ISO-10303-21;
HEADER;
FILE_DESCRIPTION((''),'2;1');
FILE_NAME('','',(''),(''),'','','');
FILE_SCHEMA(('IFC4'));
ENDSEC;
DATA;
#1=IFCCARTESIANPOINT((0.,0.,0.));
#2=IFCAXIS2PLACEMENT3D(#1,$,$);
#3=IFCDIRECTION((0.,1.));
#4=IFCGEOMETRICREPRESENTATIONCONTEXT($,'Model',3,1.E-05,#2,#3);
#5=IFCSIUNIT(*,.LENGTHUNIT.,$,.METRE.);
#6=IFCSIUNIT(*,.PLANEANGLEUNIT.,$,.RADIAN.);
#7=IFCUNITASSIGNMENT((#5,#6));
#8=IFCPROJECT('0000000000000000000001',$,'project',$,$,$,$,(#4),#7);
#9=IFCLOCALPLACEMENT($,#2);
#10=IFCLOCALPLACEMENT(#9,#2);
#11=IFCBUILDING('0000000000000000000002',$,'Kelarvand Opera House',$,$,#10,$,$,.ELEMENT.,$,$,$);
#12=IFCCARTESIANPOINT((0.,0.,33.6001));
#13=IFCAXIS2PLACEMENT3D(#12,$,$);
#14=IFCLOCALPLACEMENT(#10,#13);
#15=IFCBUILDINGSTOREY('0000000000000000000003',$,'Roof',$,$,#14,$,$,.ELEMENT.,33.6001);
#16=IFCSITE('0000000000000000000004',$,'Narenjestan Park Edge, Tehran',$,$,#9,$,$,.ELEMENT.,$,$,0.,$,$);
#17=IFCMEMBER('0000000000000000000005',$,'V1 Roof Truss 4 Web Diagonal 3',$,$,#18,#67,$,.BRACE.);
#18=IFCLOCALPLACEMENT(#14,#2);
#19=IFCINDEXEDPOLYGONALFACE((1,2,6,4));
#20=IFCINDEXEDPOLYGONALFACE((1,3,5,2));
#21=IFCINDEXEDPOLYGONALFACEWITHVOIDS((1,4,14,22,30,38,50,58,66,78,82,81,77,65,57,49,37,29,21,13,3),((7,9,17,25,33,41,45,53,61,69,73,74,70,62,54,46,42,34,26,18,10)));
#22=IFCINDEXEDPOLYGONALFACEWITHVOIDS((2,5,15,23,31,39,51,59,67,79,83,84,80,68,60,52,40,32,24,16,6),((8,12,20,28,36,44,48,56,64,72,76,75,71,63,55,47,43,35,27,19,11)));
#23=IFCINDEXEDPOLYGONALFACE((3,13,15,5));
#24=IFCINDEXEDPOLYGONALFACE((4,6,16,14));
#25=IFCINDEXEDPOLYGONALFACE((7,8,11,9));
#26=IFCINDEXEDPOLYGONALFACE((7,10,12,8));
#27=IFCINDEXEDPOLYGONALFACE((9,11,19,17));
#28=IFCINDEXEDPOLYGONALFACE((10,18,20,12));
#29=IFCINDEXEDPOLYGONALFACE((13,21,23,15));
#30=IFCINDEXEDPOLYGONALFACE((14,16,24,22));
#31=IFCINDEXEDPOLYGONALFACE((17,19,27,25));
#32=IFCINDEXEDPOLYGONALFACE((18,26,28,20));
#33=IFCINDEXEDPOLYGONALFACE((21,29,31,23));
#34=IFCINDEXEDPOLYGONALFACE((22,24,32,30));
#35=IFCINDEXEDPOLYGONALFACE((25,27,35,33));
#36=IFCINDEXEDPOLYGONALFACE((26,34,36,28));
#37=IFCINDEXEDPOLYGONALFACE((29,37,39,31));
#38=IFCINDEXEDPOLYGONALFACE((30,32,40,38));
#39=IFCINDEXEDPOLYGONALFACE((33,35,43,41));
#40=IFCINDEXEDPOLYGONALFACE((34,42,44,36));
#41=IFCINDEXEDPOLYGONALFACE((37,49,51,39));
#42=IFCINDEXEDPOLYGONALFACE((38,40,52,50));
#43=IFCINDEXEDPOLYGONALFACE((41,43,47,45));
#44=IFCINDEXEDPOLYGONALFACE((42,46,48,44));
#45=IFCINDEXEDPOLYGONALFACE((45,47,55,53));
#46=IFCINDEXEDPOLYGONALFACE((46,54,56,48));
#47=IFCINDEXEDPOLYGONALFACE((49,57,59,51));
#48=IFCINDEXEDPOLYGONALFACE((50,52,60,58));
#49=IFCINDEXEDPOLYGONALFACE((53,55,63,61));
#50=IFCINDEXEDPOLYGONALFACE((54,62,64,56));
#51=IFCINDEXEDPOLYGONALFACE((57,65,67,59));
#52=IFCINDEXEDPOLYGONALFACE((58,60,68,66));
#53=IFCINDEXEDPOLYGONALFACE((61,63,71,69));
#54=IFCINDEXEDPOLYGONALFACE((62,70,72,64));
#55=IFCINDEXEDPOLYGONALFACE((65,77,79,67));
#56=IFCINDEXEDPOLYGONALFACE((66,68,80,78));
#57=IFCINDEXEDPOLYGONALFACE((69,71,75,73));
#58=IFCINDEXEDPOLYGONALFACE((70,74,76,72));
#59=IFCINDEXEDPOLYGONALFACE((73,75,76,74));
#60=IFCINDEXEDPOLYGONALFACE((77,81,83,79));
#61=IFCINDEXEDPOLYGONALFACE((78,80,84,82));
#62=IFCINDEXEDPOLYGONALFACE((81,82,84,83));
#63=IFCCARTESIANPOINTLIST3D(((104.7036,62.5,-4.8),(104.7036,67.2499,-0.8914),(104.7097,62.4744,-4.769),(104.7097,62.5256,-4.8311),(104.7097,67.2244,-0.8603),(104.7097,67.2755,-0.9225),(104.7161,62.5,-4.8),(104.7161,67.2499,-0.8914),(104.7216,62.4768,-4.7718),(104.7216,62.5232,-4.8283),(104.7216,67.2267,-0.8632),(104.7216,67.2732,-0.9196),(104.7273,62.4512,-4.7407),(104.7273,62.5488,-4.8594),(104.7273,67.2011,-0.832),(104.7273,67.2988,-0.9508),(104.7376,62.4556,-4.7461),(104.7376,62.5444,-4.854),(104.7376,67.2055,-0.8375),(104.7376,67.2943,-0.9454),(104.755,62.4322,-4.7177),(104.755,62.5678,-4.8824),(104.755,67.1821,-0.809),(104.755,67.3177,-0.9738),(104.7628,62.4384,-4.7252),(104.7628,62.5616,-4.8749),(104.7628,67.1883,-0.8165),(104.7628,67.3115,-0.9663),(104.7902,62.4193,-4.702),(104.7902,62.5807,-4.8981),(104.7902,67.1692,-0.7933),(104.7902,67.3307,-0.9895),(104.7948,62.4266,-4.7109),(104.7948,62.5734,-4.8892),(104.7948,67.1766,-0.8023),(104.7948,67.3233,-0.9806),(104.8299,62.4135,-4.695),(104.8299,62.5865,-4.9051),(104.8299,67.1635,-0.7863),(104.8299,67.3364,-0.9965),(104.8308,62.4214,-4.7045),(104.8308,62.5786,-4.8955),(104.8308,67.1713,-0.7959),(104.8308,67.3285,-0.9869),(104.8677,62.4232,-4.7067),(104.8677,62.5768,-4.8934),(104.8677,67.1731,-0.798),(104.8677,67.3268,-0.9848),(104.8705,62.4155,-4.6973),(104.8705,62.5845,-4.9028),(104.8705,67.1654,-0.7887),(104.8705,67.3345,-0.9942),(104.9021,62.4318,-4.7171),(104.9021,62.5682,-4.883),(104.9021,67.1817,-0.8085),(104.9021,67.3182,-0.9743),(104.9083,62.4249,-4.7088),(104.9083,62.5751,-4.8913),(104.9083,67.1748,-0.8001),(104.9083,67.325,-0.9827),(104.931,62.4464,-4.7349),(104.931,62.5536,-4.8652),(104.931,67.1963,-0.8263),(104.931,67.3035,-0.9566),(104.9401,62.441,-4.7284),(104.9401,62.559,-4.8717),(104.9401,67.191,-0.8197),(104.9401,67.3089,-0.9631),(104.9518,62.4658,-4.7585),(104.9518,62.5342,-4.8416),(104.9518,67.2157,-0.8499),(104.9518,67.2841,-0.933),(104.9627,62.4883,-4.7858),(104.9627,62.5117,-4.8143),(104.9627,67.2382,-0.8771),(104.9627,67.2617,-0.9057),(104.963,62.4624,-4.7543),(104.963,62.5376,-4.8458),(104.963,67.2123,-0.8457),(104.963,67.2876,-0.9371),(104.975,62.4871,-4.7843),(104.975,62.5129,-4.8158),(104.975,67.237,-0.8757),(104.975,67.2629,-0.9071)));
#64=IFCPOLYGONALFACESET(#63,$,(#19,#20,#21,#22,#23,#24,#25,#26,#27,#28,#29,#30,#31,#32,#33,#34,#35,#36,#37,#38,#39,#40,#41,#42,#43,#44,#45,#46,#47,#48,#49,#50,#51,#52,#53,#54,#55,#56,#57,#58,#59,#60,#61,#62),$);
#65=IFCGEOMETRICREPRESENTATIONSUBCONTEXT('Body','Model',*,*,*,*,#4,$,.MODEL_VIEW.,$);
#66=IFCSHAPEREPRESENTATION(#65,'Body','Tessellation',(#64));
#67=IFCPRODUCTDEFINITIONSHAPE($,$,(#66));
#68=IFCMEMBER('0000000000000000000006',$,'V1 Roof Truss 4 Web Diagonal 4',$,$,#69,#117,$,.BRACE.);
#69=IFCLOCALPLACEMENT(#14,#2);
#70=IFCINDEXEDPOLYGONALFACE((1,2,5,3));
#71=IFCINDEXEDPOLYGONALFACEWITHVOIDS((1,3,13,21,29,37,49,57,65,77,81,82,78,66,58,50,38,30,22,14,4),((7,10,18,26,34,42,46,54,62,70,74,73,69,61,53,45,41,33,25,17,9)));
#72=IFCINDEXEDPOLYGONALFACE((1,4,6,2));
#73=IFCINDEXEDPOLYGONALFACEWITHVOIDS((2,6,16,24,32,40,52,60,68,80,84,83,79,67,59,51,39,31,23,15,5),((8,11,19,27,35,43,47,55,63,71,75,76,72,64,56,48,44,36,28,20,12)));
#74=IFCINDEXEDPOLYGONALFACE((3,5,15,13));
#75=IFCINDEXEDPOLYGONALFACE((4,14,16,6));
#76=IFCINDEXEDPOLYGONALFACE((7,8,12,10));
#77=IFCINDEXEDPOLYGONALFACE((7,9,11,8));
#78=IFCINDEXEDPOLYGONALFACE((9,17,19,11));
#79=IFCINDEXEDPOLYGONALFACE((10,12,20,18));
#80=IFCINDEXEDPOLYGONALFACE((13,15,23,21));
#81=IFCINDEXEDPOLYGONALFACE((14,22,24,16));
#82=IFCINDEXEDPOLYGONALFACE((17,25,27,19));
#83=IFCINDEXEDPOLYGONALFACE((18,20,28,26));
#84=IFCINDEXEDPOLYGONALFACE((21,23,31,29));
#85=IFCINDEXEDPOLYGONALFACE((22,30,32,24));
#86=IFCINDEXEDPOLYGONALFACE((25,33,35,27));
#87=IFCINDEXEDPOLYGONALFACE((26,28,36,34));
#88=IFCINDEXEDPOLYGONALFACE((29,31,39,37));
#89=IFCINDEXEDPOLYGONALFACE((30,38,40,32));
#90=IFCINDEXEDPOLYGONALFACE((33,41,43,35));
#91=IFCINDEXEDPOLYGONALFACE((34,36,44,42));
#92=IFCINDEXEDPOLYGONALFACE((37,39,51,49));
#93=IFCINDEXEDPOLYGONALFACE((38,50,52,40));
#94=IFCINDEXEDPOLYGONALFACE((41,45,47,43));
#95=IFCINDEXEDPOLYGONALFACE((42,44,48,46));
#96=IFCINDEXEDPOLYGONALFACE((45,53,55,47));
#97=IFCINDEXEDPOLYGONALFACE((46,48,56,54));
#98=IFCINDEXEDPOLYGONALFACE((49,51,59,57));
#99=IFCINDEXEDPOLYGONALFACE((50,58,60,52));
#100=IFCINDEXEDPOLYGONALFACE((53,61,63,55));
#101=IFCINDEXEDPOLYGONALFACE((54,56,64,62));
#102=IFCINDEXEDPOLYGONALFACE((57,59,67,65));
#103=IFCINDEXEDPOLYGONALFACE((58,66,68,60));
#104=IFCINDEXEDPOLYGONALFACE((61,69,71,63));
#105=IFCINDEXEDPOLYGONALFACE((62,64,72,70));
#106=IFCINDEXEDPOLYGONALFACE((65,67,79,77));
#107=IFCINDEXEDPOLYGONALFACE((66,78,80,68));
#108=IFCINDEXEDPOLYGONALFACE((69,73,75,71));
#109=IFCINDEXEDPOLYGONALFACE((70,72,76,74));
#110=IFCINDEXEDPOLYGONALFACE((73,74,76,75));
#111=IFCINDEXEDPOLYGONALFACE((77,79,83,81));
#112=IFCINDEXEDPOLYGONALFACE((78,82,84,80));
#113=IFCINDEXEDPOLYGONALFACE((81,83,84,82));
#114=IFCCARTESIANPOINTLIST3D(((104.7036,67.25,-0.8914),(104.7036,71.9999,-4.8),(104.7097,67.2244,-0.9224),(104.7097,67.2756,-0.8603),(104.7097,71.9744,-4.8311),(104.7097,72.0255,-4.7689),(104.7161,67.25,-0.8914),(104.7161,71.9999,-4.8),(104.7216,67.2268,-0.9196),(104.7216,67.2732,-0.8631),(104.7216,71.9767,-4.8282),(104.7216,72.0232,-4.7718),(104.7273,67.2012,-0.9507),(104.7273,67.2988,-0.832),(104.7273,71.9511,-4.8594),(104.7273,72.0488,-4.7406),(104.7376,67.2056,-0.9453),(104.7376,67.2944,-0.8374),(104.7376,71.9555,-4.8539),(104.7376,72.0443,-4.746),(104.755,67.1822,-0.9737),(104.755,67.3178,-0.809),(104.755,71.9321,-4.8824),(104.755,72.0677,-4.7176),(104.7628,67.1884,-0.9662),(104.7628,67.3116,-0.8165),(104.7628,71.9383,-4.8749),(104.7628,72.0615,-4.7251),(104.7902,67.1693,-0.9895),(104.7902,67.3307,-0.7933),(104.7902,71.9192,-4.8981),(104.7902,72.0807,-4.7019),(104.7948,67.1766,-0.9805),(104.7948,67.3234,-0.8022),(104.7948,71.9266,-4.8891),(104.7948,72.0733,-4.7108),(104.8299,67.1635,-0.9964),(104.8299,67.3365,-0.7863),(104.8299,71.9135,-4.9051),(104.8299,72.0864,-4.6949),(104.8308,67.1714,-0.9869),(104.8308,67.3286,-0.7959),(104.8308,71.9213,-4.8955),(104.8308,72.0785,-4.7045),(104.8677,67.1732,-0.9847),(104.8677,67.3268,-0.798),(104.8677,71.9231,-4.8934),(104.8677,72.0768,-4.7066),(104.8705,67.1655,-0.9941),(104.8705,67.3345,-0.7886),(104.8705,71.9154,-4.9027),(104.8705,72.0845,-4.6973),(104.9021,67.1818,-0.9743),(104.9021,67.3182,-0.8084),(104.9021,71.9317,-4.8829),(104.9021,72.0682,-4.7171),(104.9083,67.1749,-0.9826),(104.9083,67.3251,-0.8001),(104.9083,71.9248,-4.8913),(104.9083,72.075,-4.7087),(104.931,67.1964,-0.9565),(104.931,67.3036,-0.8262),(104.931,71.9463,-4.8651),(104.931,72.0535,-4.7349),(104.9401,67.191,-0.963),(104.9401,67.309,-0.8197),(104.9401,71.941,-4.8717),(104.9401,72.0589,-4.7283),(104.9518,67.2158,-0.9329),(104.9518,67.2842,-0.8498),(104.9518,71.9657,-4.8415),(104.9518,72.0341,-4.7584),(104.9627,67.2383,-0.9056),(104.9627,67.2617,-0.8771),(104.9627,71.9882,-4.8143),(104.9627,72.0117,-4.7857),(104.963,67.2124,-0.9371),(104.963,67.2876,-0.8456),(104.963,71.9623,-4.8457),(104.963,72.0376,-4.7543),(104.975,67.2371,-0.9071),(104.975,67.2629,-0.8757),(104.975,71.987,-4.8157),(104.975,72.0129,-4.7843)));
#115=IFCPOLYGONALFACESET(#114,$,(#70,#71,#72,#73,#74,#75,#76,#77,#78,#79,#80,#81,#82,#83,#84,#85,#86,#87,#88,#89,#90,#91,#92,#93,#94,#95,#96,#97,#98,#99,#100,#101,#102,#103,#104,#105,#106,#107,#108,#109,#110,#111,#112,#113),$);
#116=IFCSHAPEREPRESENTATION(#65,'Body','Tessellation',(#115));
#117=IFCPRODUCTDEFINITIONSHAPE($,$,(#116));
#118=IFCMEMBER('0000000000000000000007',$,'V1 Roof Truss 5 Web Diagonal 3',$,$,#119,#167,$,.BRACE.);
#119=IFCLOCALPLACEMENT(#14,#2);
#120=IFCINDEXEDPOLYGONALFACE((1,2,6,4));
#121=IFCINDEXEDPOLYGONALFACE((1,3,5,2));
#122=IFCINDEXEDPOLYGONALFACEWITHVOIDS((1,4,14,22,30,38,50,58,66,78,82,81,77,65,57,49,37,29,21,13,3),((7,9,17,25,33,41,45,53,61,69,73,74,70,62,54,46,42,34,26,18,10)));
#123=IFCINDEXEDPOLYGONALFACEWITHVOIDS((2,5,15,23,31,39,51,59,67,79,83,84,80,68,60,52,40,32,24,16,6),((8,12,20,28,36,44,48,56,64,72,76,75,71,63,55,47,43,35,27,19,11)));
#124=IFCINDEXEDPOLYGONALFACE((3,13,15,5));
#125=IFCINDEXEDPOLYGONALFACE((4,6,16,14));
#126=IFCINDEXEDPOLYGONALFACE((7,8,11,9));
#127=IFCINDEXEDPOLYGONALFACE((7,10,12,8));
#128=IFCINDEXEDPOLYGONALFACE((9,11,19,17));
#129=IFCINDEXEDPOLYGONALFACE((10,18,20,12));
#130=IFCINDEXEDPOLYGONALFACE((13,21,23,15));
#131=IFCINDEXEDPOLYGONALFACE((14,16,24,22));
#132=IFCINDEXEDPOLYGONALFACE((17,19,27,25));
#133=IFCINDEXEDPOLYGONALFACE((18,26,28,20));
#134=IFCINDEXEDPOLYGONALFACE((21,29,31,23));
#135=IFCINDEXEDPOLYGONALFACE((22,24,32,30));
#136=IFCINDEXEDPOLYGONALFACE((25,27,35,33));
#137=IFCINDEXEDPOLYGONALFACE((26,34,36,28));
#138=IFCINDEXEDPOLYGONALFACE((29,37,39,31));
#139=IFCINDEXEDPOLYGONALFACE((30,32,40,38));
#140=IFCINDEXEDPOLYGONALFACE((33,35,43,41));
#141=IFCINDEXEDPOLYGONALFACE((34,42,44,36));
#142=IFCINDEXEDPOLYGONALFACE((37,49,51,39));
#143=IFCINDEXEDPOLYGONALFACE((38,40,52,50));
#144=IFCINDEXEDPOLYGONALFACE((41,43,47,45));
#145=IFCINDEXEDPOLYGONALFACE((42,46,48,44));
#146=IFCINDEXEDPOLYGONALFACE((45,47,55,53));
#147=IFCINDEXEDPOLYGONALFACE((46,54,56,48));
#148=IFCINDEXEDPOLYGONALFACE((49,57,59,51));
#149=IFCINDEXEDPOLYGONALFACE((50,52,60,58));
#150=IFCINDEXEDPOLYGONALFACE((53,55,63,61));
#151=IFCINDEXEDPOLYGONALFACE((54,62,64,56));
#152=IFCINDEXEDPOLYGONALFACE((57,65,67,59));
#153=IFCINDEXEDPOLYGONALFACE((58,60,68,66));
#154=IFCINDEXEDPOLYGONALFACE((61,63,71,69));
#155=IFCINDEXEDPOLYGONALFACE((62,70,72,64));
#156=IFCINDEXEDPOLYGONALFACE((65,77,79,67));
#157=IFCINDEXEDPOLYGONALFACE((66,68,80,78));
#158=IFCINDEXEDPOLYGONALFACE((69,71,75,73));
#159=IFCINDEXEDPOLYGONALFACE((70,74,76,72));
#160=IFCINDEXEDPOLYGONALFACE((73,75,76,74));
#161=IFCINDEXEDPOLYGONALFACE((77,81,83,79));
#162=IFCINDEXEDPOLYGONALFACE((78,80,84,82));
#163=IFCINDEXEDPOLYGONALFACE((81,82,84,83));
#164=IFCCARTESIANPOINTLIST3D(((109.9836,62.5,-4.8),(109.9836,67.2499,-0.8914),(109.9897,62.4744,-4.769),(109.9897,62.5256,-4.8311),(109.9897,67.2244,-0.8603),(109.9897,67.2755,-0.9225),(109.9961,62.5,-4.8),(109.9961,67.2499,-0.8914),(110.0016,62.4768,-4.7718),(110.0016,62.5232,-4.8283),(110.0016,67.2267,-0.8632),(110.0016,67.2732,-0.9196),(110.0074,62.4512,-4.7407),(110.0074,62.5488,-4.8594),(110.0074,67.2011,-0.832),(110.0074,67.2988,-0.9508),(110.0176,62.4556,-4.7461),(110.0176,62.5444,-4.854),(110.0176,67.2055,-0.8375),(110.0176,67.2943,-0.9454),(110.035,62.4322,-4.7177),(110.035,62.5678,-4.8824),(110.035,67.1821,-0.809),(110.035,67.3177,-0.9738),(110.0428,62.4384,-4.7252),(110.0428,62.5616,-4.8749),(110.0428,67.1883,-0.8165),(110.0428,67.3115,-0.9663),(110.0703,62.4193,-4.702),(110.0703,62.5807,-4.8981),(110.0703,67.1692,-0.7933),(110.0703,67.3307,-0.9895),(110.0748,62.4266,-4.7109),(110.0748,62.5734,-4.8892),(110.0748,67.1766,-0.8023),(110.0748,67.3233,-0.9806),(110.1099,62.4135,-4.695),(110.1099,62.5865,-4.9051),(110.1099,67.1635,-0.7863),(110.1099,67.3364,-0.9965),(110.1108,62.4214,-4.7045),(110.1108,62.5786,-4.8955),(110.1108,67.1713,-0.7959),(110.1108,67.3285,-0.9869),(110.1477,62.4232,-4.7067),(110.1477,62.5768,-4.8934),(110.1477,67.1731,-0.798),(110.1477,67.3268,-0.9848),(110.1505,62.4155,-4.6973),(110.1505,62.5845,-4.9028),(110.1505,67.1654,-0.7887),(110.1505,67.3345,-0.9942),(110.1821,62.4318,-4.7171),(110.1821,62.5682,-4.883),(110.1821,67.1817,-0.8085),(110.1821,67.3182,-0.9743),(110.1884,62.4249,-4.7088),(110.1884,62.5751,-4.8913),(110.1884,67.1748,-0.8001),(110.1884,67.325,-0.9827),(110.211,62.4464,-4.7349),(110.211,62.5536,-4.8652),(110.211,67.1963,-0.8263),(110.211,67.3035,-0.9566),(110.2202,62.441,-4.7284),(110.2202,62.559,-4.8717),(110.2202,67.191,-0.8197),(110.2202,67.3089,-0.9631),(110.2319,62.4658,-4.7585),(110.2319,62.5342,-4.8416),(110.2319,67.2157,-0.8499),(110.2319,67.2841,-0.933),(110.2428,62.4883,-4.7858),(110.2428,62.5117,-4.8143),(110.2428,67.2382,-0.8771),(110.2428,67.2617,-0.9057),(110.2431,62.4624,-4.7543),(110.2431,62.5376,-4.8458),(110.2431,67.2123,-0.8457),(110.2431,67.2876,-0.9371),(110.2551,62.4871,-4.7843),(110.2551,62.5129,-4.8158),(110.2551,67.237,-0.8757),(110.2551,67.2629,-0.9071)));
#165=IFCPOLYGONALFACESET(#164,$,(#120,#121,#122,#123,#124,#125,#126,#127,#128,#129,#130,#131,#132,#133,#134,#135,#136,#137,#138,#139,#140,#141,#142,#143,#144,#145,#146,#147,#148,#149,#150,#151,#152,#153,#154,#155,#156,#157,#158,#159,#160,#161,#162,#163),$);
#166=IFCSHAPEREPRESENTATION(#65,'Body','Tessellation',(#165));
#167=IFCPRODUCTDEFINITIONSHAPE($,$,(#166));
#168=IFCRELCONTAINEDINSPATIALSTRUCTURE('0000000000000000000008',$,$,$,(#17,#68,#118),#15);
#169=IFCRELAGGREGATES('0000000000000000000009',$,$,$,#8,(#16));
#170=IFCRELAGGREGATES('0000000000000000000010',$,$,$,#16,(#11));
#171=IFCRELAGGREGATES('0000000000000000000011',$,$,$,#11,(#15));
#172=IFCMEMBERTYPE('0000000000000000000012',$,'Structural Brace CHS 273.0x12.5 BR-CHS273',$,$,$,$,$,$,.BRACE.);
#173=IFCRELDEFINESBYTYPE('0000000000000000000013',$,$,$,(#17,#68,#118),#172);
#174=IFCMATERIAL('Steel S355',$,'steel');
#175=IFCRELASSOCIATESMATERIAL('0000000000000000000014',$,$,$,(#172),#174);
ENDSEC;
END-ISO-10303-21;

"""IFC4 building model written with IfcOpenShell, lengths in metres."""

from ifc_helpers import new_model, si_unit, direction, frame, origin, origin_2d, place, context, subcontext, project, spatial, hollow_circle, extrude, material, material_profile, profile_set, type_object, element, save


model = new_model("IFC4")

# Units and contexts
model_context = context("Model", 3, precision=1e-05, world=origin(), true_north=direction((0.0, 1.0)))
body_context = subcontext(model_context, "Body", "Model", "MODEL_VIEW")
ifc_project = project(units=[si_unit("LENGTHUNIT", "METRE"), si_unit("PLANEANGLEUNIT", "RADIAN")], contexts=[model_context])

# Site, building, storey
site_placement = place(None, origin())
site = spatial("IfcSite", under=ifc_project, at=site_placement, Name="Narenjestan Park Edge, Tehran", CompositionType="ELEMENT", RefElevation=0.0)
building_placement = place(site_placement, origin())
building = spatial("IfcBuilding", under=site, at=building_placement, Name="Kelarvand Opera House", CompositionType="ELEMENT")
storey_placement = place(building_placement, frame((0.0, 0.0, 33.6001)))
storey = spatial("IfcBuildingStorey", under=building, at=storey_placement, Name="Roof", CompositionType="ELEMENT", Elevation=33.6001)

# Members
ifc_material = material(Name="Steel S355", Category="steel")
ifc_material_profile_1 = material_profile(ifc_material, hollow_circle(Radius=0.1365, WallThickness=0.0125, at=origin_2d()), Name="CHS 273.0x12.5", Category="steel")
ifc_profile_set_1 = profile_set([ifc_material_profile_1], Name="Steel S355")
member_type_1 = type_object("IfcMemberType", Name="Structural Brace CHS 273.0x12.5 BR-CHS273", PredefinedType="BRACE", material=ifc_profile_set_1)
for number, where, z_axis, x_axis, name in (
    (1, (104.8401, 62.5, -4.8), (0.0, 0.772175, 0.63541), (-1.0, 0.0, 0.0), "V1 Roof Truss 4 Web Diagonal 3"),
    (2, (104.8401, 67.25, -0.8914), (0.0, 0.772175, -0.63541), (-1.0, 0.0, 0.0), "V1 Roof Truss 4 Web Diagonal 4"),
    (3, (110.1201, 62.5, -4.8), (0.0, 0.772175, 0.63541), (-1.0, 0.0, 0.0), "V1 Roof Truss 5 Web Diagonal 3"),
):
    element("IfcMember", number, at=place(storey_placement, frame(where, z_axis=z_axis, x_axis=x_axis)), inside=storey, type_object=member_type_1, Name=name, PredefinedType="BRACE", context=body_context, shape_type="SweptSolid", body=[
        extrude(hollow_circle(Radius=0.1365, WallThickness=0.0125, at=origin_2d()), origin(), (0.0, 0.0, 1.0), 6.1514),
    ])

save(model, "model.ifc")
